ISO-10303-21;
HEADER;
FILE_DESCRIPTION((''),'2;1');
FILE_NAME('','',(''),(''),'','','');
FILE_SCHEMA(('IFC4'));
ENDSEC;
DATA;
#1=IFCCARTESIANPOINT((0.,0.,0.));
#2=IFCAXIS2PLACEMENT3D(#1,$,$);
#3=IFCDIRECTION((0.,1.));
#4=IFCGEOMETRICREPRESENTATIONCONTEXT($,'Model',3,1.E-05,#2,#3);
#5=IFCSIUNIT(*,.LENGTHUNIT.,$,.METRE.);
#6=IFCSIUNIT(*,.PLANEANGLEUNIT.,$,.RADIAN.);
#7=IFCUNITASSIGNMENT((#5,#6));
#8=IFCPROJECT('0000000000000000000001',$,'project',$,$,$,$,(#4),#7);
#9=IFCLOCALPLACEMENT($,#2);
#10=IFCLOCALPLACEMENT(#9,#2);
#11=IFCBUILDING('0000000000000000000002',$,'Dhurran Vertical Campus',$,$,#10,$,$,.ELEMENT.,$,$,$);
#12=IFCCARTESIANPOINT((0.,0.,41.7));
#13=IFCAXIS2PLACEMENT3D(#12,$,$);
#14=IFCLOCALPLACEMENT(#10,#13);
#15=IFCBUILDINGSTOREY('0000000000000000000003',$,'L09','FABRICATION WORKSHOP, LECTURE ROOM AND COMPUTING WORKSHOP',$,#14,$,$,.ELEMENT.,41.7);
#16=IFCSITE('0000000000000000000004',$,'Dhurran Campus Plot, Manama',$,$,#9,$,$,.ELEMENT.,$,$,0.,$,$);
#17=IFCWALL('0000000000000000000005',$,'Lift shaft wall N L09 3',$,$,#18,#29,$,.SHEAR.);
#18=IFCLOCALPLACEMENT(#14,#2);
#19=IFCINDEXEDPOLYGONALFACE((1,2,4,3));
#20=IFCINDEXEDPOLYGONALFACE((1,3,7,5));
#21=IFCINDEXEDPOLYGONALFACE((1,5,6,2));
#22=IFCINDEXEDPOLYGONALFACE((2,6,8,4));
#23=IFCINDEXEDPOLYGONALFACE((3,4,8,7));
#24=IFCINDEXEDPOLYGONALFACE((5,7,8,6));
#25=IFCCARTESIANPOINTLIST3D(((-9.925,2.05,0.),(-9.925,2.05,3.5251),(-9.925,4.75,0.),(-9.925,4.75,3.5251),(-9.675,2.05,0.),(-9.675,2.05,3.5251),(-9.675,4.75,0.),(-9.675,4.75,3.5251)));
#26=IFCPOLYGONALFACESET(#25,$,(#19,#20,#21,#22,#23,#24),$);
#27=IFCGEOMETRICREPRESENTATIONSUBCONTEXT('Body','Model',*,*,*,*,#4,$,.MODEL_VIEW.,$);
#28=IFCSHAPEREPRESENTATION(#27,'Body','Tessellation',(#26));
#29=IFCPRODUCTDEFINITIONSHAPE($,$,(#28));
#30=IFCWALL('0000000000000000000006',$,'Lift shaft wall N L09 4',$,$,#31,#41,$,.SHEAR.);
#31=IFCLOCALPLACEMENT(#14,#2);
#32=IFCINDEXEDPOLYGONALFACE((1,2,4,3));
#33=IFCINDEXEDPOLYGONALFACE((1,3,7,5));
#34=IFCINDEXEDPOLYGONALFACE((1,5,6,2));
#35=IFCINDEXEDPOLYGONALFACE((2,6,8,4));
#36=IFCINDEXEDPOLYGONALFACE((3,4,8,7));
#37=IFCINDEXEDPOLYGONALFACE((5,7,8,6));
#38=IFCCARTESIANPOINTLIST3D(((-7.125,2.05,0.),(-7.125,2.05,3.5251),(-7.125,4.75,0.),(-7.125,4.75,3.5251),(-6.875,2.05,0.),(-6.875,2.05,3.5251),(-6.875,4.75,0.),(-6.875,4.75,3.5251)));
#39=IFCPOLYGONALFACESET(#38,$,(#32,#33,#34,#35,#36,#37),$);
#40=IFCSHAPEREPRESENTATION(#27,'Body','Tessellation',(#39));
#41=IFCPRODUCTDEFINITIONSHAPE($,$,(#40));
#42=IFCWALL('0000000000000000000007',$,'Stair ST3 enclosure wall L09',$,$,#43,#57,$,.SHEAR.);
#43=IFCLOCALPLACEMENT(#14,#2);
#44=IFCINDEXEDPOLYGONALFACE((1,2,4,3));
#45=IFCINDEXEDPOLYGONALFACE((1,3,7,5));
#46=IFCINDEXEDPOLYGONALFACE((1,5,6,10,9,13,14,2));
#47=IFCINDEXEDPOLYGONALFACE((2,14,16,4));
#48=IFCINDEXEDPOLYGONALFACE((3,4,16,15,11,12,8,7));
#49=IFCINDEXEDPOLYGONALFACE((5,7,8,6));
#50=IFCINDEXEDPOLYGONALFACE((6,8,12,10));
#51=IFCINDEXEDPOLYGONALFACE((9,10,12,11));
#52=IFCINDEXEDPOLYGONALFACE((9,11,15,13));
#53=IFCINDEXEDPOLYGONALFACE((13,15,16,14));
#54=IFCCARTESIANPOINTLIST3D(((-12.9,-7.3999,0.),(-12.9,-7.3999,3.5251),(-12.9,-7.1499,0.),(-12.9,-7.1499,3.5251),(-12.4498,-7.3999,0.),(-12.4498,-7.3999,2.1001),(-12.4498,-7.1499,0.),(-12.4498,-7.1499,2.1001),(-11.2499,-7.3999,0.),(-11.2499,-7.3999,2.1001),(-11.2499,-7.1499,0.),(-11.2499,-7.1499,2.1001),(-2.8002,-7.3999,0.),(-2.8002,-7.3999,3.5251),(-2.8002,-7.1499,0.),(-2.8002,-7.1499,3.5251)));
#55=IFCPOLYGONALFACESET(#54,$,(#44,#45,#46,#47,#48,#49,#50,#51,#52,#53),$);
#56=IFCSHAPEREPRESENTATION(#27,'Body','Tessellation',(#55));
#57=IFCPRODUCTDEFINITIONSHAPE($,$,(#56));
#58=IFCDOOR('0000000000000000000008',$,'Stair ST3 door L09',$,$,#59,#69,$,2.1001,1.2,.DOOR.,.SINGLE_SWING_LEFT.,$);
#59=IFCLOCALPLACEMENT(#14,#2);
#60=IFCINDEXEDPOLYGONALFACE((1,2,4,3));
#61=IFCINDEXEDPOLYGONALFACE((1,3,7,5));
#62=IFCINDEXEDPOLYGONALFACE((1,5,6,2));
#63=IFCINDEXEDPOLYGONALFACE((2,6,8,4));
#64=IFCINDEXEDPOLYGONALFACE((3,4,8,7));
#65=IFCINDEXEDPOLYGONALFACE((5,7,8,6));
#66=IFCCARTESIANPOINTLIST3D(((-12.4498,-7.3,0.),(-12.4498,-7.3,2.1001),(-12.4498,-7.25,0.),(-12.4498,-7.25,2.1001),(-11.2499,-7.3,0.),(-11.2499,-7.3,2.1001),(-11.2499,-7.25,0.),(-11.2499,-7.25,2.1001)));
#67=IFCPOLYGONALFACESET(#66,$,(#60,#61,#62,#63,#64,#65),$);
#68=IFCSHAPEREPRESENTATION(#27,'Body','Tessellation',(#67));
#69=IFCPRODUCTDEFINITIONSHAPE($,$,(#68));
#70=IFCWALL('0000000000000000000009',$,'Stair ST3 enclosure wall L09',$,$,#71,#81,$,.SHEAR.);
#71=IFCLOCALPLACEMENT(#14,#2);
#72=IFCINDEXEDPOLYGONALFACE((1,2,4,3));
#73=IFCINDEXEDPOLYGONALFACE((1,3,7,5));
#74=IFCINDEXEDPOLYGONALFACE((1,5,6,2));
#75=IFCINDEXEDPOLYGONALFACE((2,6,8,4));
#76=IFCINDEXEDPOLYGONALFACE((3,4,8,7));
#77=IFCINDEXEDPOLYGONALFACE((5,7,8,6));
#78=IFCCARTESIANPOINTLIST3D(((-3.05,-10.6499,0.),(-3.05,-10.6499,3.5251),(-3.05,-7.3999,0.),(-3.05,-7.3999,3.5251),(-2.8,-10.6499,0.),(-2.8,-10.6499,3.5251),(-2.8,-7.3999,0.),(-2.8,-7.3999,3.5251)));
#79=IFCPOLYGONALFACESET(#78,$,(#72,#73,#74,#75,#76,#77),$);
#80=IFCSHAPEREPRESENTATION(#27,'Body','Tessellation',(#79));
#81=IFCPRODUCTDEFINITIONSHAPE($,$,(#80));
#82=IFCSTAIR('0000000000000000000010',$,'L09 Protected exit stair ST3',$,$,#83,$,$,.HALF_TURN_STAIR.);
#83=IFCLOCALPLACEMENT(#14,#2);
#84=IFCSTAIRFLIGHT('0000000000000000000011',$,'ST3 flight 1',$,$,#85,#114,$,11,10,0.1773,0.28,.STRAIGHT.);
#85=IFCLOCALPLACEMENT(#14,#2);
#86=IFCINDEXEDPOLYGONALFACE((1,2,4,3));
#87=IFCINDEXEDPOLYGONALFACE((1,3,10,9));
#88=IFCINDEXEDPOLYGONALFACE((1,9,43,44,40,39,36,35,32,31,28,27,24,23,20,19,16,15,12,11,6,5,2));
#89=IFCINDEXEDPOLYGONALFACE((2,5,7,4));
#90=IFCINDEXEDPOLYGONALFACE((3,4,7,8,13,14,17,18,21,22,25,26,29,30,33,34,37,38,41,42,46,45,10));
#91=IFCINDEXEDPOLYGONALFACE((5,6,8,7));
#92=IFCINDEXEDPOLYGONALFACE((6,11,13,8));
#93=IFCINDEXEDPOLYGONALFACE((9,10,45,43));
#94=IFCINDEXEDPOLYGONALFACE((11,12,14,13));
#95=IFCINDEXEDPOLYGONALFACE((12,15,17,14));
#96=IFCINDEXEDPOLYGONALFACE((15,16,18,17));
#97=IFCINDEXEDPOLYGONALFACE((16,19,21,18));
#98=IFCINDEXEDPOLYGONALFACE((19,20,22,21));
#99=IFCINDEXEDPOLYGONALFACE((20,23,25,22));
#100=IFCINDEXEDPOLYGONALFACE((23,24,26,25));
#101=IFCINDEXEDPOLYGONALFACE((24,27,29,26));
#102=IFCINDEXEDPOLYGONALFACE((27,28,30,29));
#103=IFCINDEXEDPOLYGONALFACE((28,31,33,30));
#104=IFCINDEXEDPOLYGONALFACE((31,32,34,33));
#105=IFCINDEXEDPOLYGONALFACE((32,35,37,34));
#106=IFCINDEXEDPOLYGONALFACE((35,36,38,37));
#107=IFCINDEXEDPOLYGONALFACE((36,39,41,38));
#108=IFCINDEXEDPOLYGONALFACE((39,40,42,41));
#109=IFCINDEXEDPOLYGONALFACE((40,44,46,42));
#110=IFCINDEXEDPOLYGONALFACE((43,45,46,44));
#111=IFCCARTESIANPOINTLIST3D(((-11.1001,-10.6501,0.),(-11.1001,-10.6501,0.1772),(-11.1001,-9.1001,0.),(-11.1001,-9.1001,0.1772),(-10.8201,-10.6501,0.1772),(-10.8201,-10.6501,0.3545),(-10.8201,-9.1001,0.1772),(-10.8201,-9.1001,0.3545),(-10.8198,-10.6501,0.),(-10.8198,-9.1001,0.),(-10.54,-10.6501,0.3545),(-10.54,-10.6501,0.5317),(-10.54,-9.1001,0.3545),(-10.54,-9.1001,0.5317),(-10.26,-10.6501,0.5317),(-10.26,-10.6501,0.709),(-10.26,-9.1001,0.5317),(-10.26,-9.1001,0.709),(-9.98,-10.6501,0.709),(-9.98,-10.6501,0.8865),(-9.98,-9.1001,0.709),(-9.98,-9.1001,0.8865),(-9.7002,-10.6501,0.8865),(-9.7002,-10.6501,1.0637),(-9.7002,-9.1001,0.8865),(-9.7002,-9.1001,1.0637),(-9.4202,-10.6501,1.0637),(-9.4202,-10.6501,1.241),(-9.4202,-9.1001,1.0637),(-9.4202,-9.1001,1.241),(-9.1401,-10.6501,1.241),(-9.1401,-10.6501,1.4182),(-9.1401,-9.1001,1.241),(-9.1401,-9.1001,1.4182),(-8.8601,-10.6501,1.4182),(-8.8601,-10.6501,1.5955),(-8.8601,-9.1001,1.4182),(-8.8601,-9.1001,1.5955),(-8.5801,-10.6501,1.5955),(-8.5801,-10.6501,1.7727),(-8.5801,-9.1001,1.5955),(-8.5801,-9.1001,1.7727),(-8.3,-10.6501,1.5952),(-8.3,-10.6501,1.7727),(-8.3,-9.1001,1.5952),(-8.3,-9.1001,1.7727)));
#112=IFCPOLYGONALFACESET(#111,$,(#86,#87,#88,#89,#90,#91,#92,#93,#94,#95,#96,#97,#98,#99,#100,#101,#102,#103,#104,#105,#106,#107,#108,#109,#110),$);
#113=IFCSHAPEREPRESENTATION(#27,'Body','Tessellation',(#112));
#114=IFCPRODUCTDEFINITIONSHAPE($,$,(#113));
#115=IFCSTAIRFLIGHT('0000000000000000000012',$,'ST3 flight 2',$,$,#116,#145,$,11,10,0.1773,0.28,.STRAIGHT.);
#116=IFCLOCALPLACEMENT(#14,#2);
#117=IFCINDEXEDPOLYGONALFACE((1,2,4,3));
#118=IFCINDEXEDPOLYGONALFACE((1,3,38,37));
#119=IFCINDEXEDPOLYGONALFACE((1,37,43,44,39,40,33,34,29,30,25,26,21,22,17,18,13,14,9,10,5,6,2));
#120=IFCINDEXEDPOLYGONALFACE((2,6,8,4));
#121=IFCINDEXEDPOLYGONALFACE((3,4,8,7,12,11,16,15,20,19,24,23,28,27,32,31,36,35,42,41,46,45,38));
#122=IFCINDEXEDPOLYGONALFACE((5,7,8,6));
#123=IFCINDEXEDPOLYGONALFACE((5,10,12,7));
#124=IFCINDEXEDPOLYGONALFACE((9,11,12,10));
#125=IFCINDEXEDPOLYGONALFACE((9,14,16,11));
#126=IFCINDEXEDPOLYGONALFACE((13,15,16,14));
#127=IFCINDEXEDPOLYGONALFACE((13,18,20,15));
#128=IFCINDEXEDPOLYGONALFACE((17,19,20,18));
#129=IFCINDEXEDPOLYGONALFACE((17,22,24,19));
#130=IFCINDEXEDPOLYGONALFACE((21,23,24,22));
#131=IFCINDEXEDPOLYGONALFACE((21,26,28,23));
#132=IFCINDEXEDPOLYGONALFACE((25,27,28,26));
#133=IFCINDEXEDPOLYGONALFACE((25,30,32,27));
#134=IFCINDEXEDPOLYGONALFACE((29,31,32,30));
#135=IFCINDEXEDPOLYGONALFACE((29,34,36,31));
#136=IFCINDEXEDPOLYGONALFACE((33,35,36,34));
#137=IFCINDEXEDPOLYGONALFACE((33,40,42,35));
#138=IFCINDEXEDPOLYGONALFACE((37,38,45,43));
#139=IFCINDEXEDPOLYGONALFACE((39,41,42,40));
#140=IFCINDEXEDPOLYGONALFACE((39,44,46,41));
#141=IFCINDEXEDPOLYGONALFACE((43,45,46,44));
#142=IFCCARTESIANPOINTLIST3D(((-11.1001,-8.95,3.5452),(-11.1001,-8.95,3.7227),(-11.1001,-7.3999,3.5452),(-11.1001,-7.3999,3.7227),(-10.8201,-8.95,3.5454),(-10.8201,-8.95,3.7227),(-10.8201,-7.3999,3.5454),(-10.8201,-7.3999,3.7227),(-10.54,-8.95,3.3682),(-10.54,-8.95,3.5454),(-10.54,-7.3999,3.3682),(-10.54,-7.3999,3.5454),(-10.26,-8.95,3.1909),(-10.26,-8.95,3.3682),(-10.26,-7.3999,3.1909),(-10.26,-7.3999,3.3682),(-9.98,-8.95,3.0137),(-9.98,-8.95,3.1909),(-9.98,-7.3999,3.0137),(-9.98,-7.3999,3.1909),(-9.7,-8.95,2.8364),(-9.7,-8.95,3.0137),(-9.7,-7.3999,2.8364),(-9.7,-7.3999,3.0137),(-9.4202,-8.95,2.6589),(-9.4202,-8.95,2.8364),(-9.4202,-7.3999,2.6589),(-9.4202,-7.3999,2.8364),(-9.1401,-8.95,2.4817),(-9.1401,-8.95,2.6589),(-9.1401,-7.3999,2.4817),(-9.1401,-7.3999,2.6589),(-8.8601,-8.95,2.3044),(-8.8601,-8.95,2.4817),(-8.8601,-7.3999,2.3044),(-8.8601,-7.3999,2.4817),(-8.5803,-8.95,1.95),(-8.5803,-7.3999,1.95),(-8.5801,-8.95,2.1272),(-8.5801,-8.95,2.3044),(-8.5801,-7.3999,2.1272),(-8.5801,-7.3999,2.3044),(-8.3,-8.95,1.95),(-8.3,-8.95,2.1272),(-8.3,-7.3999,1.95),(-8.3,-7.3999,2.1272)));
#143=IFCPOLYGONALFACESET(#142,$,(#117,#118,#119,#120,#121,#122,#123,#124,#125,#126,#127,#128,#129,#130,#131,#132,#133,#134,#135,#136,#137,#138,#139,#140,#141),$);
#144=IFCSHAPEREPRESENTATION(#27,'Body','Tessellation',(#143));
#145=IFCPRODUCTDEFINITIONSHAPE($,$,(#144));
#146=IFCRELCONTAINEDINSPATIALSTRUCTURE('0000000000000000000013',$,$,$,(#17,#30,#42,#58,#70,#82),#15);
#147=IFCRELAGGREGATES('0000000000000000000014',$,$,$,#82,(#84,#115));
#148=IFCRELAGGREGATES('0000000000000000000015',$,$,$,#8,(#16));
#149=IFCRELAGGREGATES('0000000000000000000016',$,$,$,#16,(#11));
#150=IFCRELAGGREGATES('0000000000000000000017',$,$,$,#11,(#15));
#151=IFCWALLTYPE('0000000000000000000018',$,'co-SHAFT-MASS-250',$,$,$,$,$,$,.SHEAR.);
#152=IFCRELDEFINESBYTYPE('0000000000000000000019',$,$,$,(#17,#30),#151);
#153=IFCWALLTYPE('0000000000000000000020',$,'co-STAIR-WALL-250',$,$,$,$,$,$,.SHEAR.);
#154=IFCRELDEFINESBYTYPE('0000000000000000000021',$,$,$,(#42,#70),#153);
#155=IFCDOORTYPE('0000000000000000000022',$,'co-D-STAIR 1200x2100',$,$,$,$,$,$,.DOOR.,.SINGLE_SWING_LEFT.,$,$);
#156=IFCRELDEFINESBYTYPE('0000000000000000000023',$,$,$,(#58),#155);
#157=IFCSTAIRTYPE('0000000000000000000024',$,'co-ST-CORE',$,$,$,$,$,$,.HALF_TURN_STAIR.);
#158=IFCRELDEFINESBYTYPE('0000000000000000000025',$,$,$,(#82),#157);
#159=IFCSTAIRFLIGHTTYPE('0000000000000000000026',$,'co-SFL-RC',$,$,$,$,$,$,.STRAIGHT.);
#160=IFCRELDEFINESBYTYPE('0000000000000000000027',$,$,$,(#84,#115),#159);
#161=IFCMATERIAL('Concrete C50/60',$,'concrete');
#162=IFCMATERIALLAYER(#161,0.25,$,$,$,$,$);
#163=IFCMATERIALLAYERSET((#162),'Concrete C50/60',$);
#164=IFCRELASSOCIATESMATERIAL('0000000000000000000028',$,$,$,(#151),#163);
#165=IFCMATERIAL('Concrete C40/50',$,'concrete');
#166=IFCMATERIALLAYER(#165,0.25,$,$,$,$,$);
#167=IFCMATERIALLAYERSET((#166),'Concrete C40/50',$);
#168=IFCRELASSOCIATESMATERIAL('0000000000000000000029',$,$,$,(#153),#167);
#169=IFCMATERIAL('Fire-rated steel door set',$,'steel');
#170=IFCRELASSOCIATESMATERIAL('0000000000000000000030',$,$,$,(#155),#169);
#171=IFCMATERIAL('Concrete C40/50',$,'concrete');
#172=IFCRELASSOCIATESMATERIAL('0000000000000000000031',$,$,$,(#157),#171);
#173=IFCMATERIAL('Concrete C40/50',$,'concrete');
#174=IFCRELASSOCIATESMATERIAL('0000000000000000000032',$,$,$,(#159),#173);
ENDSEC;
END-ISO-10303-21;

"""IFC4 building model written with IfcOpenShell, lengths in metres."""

from ifc_helpers import new_model, si_unit, direction, frame, frame_2d, origin, place, context, subcontext, project, spatial, polyline, rectangle, outline, extrude, material, layer, layer_set, type_object, element, fill, aggregate, save


model = new_model("IFC4")

# Units and contexts
model_context = context("Model", 3, precision=1e-05, world=origin(), true_north=direction((0.0, 1.0)))
body_context = subcontext(model_context, "Body", "Model", "MODEL_VIEW")
ifc_project = project(units=[si_unit("LENGTHUNIT", "METRE"), si_unit("PLANEANGLEUNIT", "RADIAN")], contexts=[model_context])

# Site, building, storey
site_placement = place(None, origin())
site = spatial("IfcSite", under=ifc_project, at=site_placement, Name="Dhurran Campus Plot, Manama", CompositionType="ELEMENT", RefElevation=0.0)
building_placement = place(site_placement, origin())
building = spatial("IfcBuilding", under=site, at=building_placement, Name="Dhurran Vertical Campus", CompositionType="ELEMENT")
storey_placement = place(building_placement, frame((0.0, 0.0, 41.7)))
storey = spatial("IfcBuildingStorey", under=building, at=storey_placement, Name="L09", Description="FABRICATION WORKSHOP, LECTURE ROOM AND COMPUTING WORKSHOP", CompositionType="ELEMENT", Elevation=41.7)

# Walls
ifc_material_1 = material(Name="Concrete C50/60", Category="concrete")
ifc_layer_1 = layer(ifc_material_1, 0.25)
ifc_layer_set_1 = layer_set([ifc_layer_1], Name="Concrete C50/60")
wall_type_1 = type_object("IfcWallType", Name="co-SHAFT-MASS-250", PredefinedType="SHEAR", material=ifc_layer_set_1)
wall_1_placement = place(storey_placement, origin())
element("IfcWall", 1, at=wall_1_placement, inside=storey, type_object=wall_type_1, Name="Lift shaft wall N L09 3", PredefinedType="SHEAR", context=body_context, shape_type="SweptSolid", body=[
    extrude(outline(polyline([(-9.925, 2.05), (-9.675, 2.05), (-9.675, 4.75), (-9.925, 4.75), (-9.925, 2.05)])), origin(), (0.0, 0.0, 1.0), 3.5251),
])
wall_2_placement = place(storey_placement, origin())
element("IfcWall", 2, at=wall_2_placement, inside=storey, type_object=wall_type_1, Name="Lift shaft wall N L09 4", PredefinedType="SHEAR", context=body_context, shape_type="SweptSolid", body=[
    extrude(outline(polyline([(-7.125, 2.05), (-6.875, 2.05), (-6.875, 4.75), (-7.125, 4.75), (-7.125, 2.05)])), origin(), (0.0, 0.0, 1.0), 3.5251),
])

# Wall, opening, door
ifc_material_2 = material(Name="Concrete C40/50", Category="concrete")
ifc_layer_2 = layer(ifc_material_2, 0.25)
ifc_layer_set_2 = layer_set([ifc_layer_2], Name="Concrete C40/50")
wall_type_2 = type_object("IfcWallType", Name="co-STAIR-WALL-250", PredefinedType="SHEAR", material=ifc_layer_set_2)
wall_3_placement = place(storey_placement, frame((-12.8999, -7.2749, 0.0), z_axis=(0.0, 0.0, 1.0), x_axis=(1.0, 0.0, 0.0)))
wall_3 = element("IfcWall", 3, at=wall_3_placement, inside=storey, type_object=wall_type_2, Name="Stair ST3 enclosure wall L09", PredefinedType="SHEAR", context=body_context, shape_type="SweptSolid", body=[
    extrude(rectangle(XDim=10.0999, YDim=0.25, at=frame_2d((5.0498, 0.0))), origin(), (0.0, 0.0, 1.0), 3.5251),
])
opening_1_placement = place(wall_3_placement, frame((0.45, 0.0, 0.0)))
opening_1 = element("IfcOpeningElement", 4, at=opening_1_placement, cuts=wall_3, PredefinedType="OPENING", context=body_context, shape_type="SweptSolid", body=[
    extrude(rectangle(XDim=1.2, YDim=2.1001, at=frame_2d((0.6001, 1.05))), frame((0.0, 0.135, 0.0), z_axis=(0.0, -1.0, 0.0), x_axis=(1.0, 0.0, 0.0)), (0.0, 0.0, 1.0), 0.27),
])
ifc_material_3 = material(Name="Fire-rated steel door set", Category="steel")
door_type_1 = type_object("IfcDoorType", Name="co-D-STAIR 1200x2100", OperationType="SINGLE_SWING_LEFT", PredefinedType="DOOR", material=ifc_material_3)
door_1_placement = place(opening_1_placement, origin())
door_1 = element("IfcDoor", 5, at=door_1_placement, inside=storey, type_object=door_type_1, Name="Stair ST3 door L09", OperationType="SINGLE_SWING_LEFT", OverallHeight=2.1001, OverallWidth=1.2, PredefinedType="DOOR", context=body_context, shape_type="SweptSolid", body=[
    extrude(rectangle(XDim=1.2, YDim=2.1001, at=frame_2d((0.6001, 1.05))), frame((0.0, 0.0249, 0.0), z_axis=(0.0, -1.0, 0.0), x_axis=(1.0, 0.0, 0.0)), (0.0, 0.0, 1.0), 0.05),
])
fill(opening_1, door_1)

# Wall
wall_4_placement = place(storey_placement, frame((-2.925, -10.6499, 0.0), z_axis=(0.0, 0.0, 1.0), x_axis=(0.0, 1.0, 0.0)))
element("IfcWall", 6, at=wall_4_placement, inside=storey, type_object=wall_type_2, Name="Stair ST3 enclosure wall L09", PredefinedType="SHEAR", context=body_context, shape_type="SweptSolid", body=[
    extrude(rectangle(XDim=3.25, YDim=0.25, at=frame_2d((1.625, 0.0))), origin(), (0.0, 0.0, 1.0), 3.5251),
])

# Stair, stair flights
ifc_material_4 = material(Name="Concrete C40/50", Category="concrete")
stair_type = type_object("IfcStairType", Name="co-ST-CORE", PredefinedType="HALF_TURN_STAIR", material=ifc_material_4)
stair_placement = place(storey_placement, origin())
stair = element("IfcStair", 7, at=stair_placement, inside=storey, type_object=stair_type, Name="L09 Protected exit stair ST3", PredefinedType="HALF_TURN_STAIR")
ifc_material_5 = material(Name="Concrete C40/50", Category="concrete")
stair_flight_type = type_object("IfcStairFlightType", Name="co-SFL-RC", PredefinedType="STRAIGHT", material=ifc_material_5)
stair_flight_1_placement = place(storey_placement, frame((-11.1001, -9.875, 0.0), z_axis=(0.0, 0.0, 1.0), x_axis=(1.0, 0.0, 0.0)))
stair_flight_1 = element("IfcStairFlight", 8, at=stair_flight_1_placement, type_object=stair_flight_type, Name="ST3 flight 1", NumberOfRisers=11, NumberOfTreads=10, PredefinedType="STRAIGHT", RiserHeight=0.1773, TreadLength=0.28, context=body_context, shape_type="SweptSolid", body=[
    extrude(outline(polyline([(0.0, 0.0), (0.0, 0.1772), (0.28, 0.1772), (0.28, 0.3545), (0.5601, 0.3545), (0.5601, 0.5317), (0.8401, 0.5317), (0.8401, 0.709), (1.1201, 0.709), (1.1201, 0.8865), (1.3999, 0.8865), (1.3999, 1.0637), (1.6799, 1.0637), (1.6799, 1.241), (1.96, 1.241), (1.96, 1.4182), (2.24, 1.4182), (2.24, 1.5955), (2.52, 1.5955), (2.52, 1.7727), (2.8, 1.7727), (2.8, 1.95), (2.8, 1.5952), (0.2803, 0.0), (0.0, 0.0)])), frame((0.0, 0.7749, 0.0), z_axis=(0.0, -1.0, 0.0), x_axis=(1.0, 0.0, 0.0)), (0.0, 0.0, 1.0), 1.55),
])
stair_flight_2_placement = place(storey_placement, frame((-8.3, -8.175, 1.95), z_axis=(0.0, 0.0, 1.0), x_axis=(-1.0, 0.0, 0.0)))
stair_flight_2 = element("IfcStairFlight", 9, at=stair_flight_2_placement, type_object=stair_flight_type, Name="ST3 flight 2", NumberOfRisers=11, NumberOfTreads=10, PredefinedType="STRAIGHT", RiserHeight=0.1773, TreadLength=0.28, context=body_context, shape_type="SweptSolid", body=[
    extrude(outline(polyline([(0.0, 0.0), (0.0, 0.1772), (0.28, 0.1772), (0.28, 0.3545), (0.5601, 0.3545), (0.5601, 0.5317), (0.8401, 0.5317), (0.8401, 0.709), (1.1201, 0.709), (1.1201, 0.8865), (1.3999, 0.8865), (1.3999, 1.0637), (1.6799, 1.0637), (1.6799, 1.241), (1.96, 1.241), (1.96, 1.4182), (2.24, 1.4182), (2.24, 1.5955), (2.52, 1.5955), (2.52, 1.7727), (2.8, 1.7727), (2.8, 1.95), (2.8, 1.5952), (0.2803, 0.0), (0.0, 0.0)])), frame((0.0, 0.7749, 0.0), z_axis=(0.0, -1.0, 0.0), x_axis=(1.0, 0.0, 0.0)), (0.0, 0.0, 1.0), 1.55),
])
aggregate(stair, [stair_flight_1, stair_flight_2])

save(model, "model.ifc")
